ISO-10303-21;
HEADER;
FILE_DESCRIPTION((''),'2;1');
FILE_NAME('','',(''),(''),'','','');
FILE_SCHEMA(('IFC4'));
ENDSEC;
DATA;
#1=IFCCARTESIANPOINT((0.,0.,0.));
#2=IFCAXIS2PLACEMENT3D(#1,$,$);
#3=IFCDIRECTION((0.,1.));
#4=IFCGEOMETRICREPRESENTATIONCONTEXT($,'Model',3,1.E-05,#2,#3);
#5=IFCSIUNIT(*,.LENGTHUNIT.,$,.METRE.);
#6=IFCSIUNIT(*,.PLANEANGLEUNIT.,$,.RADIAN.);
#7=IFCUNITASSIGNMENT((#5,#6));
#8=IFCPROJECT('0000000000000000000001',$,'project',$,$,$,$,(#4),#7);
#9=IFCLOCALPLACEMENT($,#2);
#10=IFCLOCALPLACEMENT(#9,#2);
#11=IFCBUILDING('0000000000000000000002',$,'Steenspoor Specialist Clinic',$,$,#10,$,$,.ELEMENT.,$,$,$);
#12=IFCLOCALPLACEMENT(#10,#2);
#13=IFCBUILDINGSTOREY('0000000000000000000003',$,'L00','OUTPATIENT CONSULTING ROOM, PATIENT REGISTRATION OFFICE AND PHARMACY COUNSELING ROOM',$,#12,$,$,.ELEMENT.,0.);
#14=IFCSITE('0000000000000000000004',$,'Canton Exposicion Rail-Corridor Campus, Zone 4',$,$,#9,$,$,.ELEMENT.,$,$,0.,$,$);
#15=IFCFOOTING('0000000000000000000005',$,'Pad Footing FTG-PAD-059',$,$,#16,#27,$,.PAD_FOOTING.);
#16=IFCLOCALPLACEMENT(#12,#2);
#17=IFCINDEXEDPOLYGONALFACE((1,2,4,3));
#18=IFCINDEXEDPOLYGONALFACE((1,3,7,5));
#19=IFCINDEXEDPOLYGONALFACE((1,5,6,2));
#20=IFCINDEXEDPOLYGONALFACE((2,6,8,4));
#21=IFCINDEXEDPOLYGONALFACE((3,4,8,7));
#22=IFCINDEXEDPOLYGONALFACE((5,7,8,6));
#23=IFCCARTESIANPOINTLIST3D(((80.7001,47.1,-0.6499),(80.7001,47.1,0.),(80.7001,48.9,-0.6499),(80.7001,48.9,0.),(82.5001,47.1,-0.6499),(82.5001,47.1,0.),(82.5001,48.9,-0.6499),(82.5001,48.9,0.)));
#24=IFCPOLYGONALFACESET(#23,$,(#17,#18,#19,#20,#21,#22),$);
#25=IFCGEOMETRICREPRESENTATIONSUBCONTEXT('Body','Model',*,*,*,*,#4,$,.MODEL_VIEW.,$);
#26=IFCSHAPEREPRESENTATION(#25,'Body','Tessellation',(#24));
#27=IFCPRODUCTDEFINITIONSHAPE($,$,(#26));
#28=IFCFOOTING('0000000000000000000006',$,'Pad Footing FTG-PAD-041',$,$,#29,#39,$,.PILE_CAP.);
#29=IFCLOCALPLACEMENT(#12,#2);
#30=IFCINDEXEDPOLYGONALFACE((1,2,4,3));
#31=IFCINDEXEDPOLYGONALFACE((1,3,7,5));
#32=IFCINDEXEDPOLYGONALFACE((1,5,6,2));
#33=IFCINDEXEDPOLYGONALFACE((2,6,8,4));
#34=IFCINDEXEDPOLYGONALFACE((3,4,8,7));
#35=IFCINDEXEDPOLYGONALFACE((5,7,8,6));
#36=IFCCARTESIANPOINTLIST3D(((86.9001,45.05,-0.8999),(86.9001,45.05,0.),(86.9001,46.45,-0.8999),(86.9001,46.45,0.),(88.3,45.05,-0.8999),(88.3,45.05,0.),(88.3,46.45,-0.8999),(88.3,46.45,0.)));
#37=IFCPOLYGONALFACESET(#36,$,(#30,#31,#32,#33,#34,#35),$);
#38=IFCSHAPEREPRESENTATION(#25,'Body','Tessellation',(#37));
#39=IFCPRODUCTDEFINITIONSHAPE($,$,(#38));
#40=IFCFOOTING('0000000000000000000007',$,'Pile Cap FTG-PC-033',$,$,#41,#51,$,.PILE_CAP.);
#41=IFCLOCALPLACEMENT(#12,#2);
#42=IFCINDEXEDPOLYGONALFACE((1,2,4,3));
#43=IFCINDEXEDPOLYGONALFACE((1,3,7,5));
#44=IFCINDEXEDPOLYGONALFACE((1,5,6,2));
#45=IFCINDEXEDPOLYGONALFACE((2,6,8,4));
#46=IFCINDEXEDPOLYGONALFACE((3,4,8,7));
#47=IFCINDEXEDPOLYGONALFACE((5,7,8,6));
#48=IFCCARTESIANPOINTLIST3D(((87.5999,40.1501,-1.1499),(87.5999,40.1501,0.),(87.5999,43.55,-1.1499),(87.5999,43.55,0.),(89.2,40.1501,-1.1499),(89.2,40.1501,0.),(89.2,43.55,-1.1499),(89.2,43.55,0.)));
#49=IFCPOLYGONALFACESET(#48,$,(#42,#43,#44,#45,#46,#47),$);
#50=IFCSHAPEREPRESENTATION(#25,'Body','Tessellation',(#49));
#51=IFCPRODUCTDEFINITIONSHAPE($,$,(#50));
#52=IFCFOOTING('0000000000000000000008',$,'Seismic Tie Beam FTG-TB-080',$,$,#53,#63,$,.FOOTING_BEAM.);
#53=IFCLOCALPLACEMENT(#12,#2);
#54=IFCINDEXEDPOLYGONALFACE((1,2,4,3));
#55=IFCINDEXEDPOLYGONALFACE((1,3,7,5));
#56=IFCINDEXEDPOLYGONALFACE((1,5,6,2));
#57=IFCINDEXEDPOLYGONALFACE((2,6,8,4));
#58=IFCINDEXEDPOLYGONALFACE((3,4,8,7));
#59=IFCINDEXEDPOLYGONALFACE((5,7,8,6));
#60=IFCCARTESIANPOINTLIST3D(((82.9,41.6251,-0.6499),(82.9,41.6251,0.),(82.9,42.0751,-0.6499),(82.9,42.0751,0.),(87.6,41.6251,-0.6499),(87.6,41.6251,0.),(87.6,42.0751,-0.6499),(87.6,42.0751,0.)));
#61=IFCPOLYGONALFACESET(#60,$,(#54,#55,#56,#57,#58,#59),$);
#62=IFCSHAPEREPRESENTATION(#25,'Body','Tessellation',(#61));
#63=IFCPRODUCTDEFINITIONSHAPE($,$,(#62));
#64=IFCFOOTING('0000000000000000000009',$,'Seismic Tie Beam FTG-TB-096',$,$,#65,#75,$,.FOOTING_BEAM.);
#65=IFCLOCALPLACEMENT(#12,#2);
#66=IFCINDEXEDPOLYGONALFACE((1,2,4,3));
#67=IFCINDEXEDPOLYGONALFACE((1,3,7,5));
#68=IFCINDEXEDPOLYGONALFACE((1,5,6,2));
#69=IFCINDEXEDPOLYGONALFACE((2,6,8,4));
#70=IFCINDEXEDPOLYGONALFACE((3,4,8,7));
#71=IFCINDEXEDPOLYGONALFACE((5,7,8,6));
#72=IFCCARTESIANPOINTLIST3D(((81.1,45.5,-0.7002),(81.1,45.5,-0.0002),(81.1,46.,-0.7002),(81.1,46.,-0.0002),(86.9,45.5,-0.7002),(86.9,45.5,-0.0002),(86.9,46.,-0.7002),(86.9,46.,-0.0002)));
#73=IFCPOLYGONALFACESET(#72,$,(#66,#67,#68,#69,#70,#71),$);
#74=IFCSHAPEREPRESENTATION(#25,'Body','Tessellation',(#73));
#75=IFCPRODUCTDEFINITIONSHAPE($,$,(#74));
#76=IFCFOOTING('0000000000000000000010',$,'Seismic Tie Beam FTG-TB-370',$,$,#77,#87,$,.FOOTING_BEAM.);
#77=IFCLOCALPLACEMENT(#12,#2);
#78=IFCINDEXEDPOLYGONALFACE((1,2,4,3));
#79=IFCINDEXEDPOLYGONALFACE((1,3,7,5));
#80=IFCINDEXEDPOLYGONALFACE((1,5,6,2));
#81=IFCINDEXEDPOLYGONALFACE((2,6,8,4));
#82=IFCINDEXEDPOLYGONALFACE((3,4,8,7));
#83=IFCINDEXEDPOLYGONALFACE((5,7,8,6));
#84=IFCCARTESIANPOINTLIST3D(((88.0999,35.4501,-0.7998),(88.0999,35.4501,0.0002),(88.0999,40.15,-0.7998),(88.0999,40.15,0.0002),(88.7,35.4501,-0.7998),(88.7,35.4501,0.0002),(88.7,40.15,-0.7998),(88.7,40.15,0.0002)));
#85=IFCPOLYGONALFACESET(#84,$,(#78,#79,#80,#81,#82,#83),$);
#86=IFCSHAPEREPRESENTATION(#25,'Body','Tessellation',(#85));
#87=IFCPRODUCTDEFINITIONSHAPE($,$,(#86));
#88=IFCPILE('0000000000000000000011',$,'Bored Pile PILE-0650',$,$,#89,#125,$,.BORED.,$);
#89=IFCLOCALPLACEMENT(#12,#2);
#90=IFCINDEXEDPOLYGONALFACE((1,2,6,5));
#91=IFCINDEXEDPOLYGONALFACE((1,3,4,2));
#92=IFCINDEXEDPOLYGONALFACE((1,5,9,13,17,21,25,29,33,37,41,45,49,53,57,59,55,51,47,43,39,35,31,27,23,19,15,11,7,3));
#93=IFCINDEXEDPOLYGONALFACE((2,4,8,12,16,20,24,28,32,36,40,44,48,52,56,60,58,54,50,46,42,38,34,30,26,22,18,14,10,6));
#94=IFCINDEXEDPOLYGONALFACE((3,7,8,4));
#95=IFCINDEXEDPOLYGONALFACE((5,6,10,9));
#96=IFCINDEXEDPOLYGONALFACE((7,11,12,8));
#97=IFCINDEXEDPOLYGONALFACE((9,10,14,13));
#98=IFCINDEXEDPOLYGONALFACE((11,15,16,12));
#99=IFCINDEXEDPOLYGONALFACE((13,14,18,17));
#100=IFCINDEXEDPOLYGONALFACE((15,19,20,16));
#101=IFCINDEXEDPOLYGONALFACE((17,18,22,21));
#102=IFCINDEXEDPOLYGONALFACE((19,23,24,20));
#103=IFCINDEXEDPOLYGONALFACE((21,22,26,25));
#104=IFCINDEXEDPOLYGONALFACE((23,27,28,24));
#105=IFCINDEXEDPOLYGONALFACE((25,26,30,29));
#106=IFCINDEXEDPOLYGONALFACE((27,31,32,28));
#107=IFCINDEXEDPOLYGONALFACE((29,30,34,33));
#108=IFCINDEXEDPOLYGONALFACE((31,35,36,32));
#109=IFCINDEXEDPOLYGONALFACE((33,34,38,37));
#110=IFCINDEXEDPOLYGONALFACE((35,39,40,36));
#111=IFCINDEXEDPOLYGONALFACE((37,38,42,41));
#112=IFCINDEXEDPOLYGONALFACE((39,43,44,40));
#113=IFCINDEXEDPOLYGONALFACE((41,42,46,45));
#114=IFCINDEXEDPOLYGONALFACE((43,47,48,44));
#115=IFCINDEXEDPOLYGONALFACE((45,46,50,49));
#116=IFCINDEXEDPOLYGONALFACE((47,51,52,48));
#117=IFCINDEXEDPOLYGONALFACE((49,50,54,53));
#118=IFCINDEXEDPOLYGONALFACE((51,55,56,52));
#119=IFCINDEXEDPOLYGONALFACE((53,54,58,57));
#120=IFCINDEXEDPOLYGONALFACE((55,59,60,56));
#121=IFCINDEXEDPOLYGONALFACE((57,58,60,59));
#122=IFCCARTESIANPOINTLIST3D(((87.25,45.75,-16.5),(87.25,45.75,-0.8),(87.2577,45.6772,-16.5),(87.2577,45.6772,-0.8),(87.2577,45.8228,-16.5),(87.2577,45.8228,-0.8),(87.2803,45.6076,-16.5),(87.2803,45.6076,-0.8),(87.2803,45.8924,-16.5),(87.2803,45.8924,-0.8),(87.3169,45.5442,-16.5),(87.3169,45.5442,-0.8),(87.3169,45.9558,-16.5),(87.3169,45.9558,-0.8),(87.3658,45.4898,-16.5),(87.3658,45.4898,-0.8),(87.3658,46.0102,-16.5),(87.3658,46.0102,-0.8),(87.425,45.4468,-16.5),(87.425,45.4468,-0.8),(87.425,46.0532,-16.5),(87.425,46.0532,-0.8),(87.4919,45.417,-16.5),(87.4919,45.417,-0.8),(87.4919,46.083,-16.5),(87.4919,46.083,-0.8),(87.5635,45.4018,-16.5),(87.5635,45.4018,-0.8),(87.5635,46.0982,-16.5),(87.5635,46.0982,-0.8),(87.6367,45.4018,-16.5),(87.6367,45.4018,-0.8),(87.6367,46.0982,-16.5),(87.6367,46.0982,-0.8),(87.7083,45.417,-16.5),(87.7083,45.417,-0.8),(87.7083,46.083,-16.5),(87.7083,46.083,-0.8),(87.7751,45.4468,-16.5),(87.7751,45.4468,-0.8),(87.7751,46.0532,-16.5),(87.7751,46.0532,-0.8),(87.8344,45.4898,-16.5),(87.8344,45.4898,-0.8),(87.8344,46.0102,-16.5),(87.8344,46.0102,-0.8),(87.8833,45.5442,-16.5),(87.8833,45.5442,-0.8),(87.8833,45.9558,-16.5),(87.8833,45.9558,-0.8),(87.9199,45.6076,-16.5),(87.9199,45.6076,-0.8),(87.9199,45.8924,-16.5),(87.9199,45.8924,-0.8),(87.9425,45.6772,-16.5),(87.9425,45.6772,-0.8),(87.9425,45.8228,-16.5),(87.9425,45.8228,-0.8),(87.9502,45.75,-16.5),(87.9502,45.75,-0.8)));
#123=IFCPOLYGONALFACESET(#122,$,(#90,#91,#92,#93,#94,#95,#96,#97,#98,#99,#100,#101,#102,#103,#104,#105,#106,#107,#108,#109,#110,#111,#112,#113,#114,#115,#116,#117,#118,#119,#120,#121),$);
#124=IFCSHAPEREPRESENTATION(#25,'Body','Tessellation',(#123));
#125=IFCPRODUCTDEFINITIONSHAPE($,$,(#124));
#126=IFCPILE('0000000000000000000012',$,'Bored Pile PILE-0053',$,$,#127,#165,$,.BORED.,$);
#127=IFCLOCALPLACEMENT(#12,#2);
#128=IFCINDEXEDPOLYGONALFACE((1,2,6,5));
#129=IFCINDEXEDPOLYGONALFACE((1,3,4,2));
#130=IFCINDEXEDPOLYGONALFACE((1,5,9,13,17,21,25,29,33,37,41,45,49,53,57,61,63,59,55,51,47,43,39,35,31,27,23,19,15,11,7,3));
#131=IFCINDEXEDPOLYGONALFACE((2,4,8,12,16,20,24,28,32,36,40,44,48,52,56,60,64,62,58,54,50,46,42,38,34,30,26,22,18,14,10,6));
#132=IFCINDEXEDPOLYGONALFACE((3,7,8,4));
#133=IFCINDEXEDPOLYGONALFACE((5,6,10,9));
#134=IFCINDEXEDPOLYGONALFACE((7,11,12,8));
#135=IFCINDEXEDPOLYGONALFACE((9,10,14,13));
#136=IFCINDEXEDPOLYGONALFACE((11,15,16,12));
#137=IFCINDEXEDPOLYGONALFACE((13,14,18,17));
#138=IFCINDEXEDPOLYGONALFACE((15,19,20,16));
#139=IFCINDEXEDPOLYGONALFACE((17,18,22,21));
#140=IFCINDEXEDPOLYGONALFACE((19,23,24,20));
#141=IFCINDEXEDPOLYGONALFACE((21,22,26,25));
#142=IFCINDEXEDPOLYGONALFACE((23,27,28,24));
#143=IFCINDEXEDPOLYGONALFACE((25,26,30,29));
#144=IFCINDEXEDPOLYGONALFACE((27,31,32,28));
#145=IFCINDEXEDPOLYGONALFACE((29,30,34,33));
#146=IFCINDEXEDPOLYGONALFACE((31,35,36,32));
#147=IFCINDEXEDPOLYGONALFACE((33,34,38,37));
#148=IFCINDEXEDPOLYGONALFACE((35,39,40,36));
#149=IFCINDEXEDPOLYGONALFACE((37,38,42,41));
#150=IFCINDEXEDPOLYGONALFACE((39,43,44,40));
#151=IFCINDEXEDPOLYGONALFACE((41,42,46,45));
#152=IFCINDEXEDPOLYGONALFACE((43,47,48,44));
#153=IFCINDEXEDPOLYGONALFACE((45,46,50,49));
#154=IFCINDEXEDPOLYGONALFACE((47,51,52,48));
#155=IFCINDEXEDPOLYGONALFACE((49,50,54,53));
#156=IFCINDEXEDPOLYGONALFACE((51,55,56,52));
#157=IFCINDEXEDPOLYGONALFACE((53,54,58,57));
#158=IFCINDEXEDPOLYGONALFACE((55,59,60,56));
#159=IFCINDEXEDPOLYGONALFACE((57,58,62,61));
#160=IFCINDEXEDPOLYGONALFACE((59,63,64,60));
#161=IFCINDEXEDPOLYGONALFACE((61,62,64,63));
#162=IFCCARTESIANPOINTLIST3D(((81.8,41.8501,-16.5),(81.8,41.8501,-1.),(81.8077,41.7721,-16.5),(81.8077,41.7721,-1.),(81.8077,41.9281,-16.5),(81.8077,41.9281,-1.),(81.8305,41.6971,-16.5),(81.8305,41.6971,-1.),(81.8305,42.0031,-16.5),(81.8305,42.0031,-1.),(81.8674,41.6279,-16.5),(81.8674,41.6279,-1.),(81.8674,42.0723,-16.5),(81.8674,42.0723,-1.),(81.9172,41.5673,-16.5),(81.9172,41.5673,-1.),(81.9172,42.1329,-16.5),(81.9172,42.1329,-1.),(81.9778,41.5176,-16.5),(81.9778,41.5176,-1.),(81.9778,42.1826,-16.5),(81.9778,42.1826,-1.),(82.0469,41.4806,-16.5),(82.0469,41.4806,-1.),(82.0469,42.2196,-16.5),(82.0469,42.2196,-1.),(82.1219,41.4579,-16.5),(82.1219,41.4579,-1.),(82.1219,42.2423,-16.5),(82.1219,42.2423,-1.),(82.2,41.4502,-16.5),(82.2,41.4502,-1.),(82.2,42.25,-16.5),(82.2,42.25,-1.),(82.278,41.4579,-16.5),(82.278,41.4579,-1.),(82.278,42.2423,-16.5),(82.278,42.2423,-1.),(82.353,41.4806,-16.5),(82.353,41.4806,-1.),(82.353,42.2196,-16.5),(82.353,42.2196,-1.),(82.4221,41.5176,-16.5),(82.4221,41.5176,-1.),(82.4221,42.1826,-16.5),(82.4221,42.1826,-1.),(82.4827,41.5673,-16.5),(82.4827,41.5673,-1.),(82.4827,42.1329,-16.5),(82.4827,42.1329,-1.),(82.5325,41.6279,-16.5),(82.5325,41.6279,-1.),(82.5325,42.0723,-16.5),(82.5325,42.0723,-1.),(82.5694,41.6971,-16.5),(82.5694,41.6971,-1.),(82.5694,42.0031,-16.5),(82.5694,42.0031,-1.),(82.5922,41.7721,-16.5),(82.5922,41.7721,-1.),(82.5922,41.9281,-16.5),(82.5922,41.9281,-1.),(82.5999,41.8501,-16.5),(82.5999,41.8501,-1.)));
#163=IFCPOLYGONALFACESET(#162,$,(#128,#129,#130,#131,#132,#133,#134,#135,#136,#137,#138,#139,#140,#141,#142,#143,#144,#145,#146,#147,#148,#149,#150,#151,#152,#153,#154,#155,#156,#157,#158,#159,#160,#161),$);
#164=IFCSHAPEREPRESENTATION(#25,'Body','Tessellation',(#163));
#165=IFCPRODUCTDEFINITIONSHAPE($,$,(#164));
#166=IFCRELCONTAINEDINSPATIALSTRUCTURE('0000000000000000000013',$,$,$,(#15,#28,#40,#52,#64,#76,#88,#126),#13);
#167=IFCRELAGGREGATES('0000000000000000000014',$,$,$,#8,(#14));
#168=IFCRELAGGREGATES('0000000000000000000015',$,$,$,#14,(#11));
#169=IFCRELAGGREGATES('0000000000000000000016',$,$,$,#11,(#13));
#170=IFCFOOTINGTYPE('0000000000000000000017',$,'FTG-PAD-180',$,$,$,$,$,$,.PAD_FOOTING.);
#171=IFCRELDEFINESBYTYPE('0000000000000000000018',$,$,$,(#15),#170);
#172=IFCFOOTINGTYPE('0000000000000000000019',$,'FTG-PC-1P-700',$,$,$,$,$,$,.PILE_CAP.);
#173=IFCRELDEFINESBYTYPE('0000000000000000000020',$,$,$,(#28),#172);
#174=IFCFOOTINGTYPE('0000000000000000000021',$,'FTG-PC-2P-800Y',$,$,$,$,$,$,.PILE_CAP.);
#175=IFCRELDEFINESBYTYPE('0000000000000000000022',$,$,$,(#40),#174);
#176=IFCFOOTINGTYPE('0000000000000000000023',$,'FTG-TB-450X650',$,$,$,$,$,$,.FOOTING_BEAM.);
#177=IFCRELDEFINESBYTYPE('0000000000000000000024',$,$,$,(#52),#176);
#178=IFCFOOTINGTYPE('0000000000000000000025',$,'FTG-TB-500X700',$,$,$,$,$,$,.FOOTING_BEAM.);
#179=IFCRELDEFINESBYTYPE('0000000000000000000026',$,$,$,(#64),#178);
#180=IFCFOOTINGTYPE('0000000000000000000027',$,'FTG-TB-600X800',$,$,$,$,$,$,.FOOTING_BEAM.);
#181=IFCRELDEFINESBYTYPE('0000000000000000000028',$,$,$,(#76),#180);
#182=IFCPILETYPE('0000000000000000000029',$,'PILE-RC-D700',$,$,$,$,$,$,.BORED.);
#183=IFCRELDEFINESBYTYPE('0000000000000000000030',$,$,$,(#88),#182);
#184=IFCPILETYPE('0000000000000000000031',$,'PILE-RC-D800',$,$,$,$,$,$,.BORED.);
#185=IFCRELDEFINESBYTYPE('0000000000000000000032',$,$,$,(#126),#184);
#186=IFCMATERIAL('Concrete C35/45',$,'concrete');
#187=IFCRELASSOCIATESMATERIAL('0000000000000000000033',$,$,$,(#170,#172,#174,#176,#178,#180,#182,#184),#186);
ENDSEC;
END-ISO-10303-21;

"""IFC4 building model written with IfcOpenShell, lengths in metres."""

from ifc_helpers import new_model, si_unit, direction, frame, origin, origin_2d, place, context, subcontext, project, spatial, rectangle, circle, extrude, material, material_profile, profile_set, type_object, element, save


model = new_model("IFC4")

# Units and contexts
model_context = context("Model", 3, precision=1e-05, world=origin(), true_north=direction((0.0, 1.0)))
body_context = subcontext(model_context, "Body", "Model", "MODEL_VIEW")
ifc_project = project(units=[si_unit("LENGTHUNIT", "METRE"), si_unit("PLANEANGLEUNIT", "RADIAN")], contexts=[model_context])

# Site, building, storey
site_placement = place(None, origin())
site = spatial("IfcSite", under=ifc_project, at=site_placement, Name="Canton Exposicion Rail-Corridor Campus, Zone 4", CompositionType="ELEMENT", RefElevation=0.0)
building_placement = place(site_placement, origin())
building = spatial("IfcBuilding", under=site, at=building_placement, Name="Steenspoor Specialist Clinic", CompositionType="ELEMENT")
storey_placement = place(building_placement, origin())
storey = spatial("IfcBuildingStorey", under=building, at=storey_placement, Name="L00", Description="OUTPATIENT CONSULTING ROOM, PATIENT REGISTRATION OFFICE AND PHARMACY COUNSELING ROOM", CompositionType="ELEMENT", Elevation=0.0)

# Footings
ifc_material_1 = material(Name="Concrete C35/45", Category="concrete")
footing_type_1 = type_object("IfcFootingType", Name="FTG-PAD-180", PredefinedType="PAD_FOOTING", material=ifc_material_1)
footing_1_placement = place(storey_placement, frame((81.6001, 48.0, -0.6499), z_axis=(0.0, 0.0, 1.0), x_axis=(1.0, 0.0, 0.0)))
element("IfcFooting", 1, at=footing_1_placement, inside=storey, type_object=footing_type_1, Name="Pad Footing FTG-PAD-059", PredefinedType="PAD_FOOTING", context=body_context, shape_type="SweptSolid", body=[
    extrude(rectangle(XDim=1.8, YDim=1.8, at=origin_2d()), origin(), (0.0, 0.0, 1.0), 0.6499),
])
footing_type_2 = type_object("IfcFootingType", Name="FTG-PC-1P-700", PredefinedType="PILE_CAP", material=ifc_material_1)
footing_2_placement = place(storey_placement, frame((87.6001, 45.75, -0.8999), z_axis=(0.0, 0.0, 1.0), x_axis=(1.0, 0.0, 0.0)))
element("IfcFooting", 2, at=footing_2_placement, inside=storey, type_object=footing_type_2, Name="Pad Footing FTG-PAD-041", PredefinedType="PILE_CAP", context=body_context, shape_type="SweptSolid", body=[
    extrude(rectangle(XDim=1.3999, YDim=1.3999, at=origin_2d()), origin(), (0.0, 0.0, 1.0), 0.8999),
])
footing_type_3 = type_object("IfcFootingType", Name="FTG-PC-2P-800Y", PredefinedType="PILE_CAP", material=ifc_material_1)
footing_3_placement = place(storey_placement, frame((88.3999, 41.8501, -1.1499), z_axis=(0.0, 0.0, 1.0), x_axis=(1.0, 0.0, 0.0)))
element("IfcFooting", 3, at=footing_3_placement, inside=storey, type_object=footing_type_3, Name="Pile Cap FTG-PC-033", PredefinedType="PILE_CAP", context=body_context, shape_type="SweptSolid", body=[
    extrude(rectangle(XDim=1.6001, YDim=3.3999, at=origin_2d()), origin(), (0.0, 0.0, 1.0), 1.1499),
])
footing_type_4 = type_object("IfcFootingType", Name="FTG-TB-450X650", PredefinedType="FOOTING_BEAM", material=ifc_material_1)
footing_4_placement = place(storey_placement, frame((85.25, 41.8501, -0.6499), z_axis=(0.0, 0.0, 1.0), x_axis=(1.0, 0.0, 0.0)))
element("IfcFooting", 4, at=footing_4_placement, inside=storey, type_object=footing_type_4, Name="Seismic Tie Beam FTG-TB-080", PredefinedType="FOOTING_BEAM", context=body_context, shape_type="SweptSolid", body=[
    extrude(rectangle(XDim=4.7, YDim=0.45, at=origin_2d()), origin(), (0.0, 0.0, 1.0), 0.6499),
])
footing_type_5 = type_object("IfcFootingType", Name="FTG-TB-500X700", PredefinedType="FOOTING_BEAM", material=ifc_material_1)
footing_5_placement = place(storey_placement, frame((84.0, 45.75, -0.7002), z_axis=(0.0, 0.0, 1.0), x_axis=(1.0, 0.0, 0.0)))
element("IfcFooting", 5, at=footing_5_placement, inside=storey, type_object=footing_type_5, Name="Seismic Tie Beam FTG-TB-096", PredefinedType="FOOTING_BEAM", context=body_context, shape_type="SweptSolid", body=[
    extrude(rectangle(XDim=5.8, YDim=0.5, at=origin_2d()), origin(), (0.0, 0.0, 1.0), 0.7),
])
footing_type_6 = type_object("IfcFootingType", Name="FTG-TB-600X800", PredefinedType="FOOTING_BEAM", material=ifc_material_1)
footing_6_placement = place(storey_placement, frame((88.3999, 37.8, -0.7998), z_axis=(0.0, 0.0, 1.0), x_axis=(1.0, 0.0, 0.0)))
element("IfcFooting", 6, at=footing_6_placement, inside=storey, type_object=footing_type_6, Name="Seismic Tie Beam FTG-TB-370", PredefinedType="FOOTING_BEAM", context=body_context, shape_type="SweptSolid", body=[
    extrude(rectangle(XDim=0.6001, YDim=4.7, at=origin_2d()), origin(), (0.0, 0.0, 1.0), 0.8),
])

# Piles
ifc_material_profile_1 = material_profile(ifc_material_1, circle(Radius=0.3501, at=origin_2d()), Name="PILE-D700")
ifc_profile_set_1 = profile_set([ifc_material_profile_1], Name="Concrete C35/45")
pile_type_1 = type_object("IfcPileType", Name="PILE-RC-D700", PredefinedType="BORED", material=ifc_profile_set_1)
pile_1_placement = place(storey_placement, frame((87.6001, 45.75, -0.8), z_axis=(0.0, 0.0, -1.0), x_axis=(1.0, 0.0, 0.0)))
element("IfcPile", 7, at=pile_1_placement, inside=storey, type_object=pile_type_1, Name="Bored Pile PILE-0650", PredefinedType="BORED", context=body_context, shape_type="SweptSolid", body=[
    extrude(circle(Radius=0.3501, at=origin_2d()), origin(), (0.0, 0.0, 1.0), 15.7),
])
ifc_material_profile_2 = material_profile(ifc_material_1, circle(Radius=0.3999, at=origin_2d()), Name="PILE-D800")
ifc_profile_set_2 = profile_set([ifc_material_profile_2], Name="Concrete C35/45")
pile_type_2 = type_object("IfcPileType", Name="PILE-RC-D800", PredefinedType="BORED", material=ifc_profile_set_2)
pile_2_placement = place(storey_placement, frame((82.2, 41.8501, -1.0), z_axis=(0.0, 0.0, -1.0), x_axis=(1.0, 0.0, 0.0)))
element("IfcPile", 8, at=pile_2_placement, inside=storey, type_object=pile_type_2, Name="Bored Pile PILE-0053", PredefinedType="BORED", context=body_context, shape_type="SweptSolid", body=[
    extrude(circle(Radius=0.3999, at=origin_2d()), origin(), (0.0, 0.0, 1.0), 15.5),
])

save(model, "model.ifc")
